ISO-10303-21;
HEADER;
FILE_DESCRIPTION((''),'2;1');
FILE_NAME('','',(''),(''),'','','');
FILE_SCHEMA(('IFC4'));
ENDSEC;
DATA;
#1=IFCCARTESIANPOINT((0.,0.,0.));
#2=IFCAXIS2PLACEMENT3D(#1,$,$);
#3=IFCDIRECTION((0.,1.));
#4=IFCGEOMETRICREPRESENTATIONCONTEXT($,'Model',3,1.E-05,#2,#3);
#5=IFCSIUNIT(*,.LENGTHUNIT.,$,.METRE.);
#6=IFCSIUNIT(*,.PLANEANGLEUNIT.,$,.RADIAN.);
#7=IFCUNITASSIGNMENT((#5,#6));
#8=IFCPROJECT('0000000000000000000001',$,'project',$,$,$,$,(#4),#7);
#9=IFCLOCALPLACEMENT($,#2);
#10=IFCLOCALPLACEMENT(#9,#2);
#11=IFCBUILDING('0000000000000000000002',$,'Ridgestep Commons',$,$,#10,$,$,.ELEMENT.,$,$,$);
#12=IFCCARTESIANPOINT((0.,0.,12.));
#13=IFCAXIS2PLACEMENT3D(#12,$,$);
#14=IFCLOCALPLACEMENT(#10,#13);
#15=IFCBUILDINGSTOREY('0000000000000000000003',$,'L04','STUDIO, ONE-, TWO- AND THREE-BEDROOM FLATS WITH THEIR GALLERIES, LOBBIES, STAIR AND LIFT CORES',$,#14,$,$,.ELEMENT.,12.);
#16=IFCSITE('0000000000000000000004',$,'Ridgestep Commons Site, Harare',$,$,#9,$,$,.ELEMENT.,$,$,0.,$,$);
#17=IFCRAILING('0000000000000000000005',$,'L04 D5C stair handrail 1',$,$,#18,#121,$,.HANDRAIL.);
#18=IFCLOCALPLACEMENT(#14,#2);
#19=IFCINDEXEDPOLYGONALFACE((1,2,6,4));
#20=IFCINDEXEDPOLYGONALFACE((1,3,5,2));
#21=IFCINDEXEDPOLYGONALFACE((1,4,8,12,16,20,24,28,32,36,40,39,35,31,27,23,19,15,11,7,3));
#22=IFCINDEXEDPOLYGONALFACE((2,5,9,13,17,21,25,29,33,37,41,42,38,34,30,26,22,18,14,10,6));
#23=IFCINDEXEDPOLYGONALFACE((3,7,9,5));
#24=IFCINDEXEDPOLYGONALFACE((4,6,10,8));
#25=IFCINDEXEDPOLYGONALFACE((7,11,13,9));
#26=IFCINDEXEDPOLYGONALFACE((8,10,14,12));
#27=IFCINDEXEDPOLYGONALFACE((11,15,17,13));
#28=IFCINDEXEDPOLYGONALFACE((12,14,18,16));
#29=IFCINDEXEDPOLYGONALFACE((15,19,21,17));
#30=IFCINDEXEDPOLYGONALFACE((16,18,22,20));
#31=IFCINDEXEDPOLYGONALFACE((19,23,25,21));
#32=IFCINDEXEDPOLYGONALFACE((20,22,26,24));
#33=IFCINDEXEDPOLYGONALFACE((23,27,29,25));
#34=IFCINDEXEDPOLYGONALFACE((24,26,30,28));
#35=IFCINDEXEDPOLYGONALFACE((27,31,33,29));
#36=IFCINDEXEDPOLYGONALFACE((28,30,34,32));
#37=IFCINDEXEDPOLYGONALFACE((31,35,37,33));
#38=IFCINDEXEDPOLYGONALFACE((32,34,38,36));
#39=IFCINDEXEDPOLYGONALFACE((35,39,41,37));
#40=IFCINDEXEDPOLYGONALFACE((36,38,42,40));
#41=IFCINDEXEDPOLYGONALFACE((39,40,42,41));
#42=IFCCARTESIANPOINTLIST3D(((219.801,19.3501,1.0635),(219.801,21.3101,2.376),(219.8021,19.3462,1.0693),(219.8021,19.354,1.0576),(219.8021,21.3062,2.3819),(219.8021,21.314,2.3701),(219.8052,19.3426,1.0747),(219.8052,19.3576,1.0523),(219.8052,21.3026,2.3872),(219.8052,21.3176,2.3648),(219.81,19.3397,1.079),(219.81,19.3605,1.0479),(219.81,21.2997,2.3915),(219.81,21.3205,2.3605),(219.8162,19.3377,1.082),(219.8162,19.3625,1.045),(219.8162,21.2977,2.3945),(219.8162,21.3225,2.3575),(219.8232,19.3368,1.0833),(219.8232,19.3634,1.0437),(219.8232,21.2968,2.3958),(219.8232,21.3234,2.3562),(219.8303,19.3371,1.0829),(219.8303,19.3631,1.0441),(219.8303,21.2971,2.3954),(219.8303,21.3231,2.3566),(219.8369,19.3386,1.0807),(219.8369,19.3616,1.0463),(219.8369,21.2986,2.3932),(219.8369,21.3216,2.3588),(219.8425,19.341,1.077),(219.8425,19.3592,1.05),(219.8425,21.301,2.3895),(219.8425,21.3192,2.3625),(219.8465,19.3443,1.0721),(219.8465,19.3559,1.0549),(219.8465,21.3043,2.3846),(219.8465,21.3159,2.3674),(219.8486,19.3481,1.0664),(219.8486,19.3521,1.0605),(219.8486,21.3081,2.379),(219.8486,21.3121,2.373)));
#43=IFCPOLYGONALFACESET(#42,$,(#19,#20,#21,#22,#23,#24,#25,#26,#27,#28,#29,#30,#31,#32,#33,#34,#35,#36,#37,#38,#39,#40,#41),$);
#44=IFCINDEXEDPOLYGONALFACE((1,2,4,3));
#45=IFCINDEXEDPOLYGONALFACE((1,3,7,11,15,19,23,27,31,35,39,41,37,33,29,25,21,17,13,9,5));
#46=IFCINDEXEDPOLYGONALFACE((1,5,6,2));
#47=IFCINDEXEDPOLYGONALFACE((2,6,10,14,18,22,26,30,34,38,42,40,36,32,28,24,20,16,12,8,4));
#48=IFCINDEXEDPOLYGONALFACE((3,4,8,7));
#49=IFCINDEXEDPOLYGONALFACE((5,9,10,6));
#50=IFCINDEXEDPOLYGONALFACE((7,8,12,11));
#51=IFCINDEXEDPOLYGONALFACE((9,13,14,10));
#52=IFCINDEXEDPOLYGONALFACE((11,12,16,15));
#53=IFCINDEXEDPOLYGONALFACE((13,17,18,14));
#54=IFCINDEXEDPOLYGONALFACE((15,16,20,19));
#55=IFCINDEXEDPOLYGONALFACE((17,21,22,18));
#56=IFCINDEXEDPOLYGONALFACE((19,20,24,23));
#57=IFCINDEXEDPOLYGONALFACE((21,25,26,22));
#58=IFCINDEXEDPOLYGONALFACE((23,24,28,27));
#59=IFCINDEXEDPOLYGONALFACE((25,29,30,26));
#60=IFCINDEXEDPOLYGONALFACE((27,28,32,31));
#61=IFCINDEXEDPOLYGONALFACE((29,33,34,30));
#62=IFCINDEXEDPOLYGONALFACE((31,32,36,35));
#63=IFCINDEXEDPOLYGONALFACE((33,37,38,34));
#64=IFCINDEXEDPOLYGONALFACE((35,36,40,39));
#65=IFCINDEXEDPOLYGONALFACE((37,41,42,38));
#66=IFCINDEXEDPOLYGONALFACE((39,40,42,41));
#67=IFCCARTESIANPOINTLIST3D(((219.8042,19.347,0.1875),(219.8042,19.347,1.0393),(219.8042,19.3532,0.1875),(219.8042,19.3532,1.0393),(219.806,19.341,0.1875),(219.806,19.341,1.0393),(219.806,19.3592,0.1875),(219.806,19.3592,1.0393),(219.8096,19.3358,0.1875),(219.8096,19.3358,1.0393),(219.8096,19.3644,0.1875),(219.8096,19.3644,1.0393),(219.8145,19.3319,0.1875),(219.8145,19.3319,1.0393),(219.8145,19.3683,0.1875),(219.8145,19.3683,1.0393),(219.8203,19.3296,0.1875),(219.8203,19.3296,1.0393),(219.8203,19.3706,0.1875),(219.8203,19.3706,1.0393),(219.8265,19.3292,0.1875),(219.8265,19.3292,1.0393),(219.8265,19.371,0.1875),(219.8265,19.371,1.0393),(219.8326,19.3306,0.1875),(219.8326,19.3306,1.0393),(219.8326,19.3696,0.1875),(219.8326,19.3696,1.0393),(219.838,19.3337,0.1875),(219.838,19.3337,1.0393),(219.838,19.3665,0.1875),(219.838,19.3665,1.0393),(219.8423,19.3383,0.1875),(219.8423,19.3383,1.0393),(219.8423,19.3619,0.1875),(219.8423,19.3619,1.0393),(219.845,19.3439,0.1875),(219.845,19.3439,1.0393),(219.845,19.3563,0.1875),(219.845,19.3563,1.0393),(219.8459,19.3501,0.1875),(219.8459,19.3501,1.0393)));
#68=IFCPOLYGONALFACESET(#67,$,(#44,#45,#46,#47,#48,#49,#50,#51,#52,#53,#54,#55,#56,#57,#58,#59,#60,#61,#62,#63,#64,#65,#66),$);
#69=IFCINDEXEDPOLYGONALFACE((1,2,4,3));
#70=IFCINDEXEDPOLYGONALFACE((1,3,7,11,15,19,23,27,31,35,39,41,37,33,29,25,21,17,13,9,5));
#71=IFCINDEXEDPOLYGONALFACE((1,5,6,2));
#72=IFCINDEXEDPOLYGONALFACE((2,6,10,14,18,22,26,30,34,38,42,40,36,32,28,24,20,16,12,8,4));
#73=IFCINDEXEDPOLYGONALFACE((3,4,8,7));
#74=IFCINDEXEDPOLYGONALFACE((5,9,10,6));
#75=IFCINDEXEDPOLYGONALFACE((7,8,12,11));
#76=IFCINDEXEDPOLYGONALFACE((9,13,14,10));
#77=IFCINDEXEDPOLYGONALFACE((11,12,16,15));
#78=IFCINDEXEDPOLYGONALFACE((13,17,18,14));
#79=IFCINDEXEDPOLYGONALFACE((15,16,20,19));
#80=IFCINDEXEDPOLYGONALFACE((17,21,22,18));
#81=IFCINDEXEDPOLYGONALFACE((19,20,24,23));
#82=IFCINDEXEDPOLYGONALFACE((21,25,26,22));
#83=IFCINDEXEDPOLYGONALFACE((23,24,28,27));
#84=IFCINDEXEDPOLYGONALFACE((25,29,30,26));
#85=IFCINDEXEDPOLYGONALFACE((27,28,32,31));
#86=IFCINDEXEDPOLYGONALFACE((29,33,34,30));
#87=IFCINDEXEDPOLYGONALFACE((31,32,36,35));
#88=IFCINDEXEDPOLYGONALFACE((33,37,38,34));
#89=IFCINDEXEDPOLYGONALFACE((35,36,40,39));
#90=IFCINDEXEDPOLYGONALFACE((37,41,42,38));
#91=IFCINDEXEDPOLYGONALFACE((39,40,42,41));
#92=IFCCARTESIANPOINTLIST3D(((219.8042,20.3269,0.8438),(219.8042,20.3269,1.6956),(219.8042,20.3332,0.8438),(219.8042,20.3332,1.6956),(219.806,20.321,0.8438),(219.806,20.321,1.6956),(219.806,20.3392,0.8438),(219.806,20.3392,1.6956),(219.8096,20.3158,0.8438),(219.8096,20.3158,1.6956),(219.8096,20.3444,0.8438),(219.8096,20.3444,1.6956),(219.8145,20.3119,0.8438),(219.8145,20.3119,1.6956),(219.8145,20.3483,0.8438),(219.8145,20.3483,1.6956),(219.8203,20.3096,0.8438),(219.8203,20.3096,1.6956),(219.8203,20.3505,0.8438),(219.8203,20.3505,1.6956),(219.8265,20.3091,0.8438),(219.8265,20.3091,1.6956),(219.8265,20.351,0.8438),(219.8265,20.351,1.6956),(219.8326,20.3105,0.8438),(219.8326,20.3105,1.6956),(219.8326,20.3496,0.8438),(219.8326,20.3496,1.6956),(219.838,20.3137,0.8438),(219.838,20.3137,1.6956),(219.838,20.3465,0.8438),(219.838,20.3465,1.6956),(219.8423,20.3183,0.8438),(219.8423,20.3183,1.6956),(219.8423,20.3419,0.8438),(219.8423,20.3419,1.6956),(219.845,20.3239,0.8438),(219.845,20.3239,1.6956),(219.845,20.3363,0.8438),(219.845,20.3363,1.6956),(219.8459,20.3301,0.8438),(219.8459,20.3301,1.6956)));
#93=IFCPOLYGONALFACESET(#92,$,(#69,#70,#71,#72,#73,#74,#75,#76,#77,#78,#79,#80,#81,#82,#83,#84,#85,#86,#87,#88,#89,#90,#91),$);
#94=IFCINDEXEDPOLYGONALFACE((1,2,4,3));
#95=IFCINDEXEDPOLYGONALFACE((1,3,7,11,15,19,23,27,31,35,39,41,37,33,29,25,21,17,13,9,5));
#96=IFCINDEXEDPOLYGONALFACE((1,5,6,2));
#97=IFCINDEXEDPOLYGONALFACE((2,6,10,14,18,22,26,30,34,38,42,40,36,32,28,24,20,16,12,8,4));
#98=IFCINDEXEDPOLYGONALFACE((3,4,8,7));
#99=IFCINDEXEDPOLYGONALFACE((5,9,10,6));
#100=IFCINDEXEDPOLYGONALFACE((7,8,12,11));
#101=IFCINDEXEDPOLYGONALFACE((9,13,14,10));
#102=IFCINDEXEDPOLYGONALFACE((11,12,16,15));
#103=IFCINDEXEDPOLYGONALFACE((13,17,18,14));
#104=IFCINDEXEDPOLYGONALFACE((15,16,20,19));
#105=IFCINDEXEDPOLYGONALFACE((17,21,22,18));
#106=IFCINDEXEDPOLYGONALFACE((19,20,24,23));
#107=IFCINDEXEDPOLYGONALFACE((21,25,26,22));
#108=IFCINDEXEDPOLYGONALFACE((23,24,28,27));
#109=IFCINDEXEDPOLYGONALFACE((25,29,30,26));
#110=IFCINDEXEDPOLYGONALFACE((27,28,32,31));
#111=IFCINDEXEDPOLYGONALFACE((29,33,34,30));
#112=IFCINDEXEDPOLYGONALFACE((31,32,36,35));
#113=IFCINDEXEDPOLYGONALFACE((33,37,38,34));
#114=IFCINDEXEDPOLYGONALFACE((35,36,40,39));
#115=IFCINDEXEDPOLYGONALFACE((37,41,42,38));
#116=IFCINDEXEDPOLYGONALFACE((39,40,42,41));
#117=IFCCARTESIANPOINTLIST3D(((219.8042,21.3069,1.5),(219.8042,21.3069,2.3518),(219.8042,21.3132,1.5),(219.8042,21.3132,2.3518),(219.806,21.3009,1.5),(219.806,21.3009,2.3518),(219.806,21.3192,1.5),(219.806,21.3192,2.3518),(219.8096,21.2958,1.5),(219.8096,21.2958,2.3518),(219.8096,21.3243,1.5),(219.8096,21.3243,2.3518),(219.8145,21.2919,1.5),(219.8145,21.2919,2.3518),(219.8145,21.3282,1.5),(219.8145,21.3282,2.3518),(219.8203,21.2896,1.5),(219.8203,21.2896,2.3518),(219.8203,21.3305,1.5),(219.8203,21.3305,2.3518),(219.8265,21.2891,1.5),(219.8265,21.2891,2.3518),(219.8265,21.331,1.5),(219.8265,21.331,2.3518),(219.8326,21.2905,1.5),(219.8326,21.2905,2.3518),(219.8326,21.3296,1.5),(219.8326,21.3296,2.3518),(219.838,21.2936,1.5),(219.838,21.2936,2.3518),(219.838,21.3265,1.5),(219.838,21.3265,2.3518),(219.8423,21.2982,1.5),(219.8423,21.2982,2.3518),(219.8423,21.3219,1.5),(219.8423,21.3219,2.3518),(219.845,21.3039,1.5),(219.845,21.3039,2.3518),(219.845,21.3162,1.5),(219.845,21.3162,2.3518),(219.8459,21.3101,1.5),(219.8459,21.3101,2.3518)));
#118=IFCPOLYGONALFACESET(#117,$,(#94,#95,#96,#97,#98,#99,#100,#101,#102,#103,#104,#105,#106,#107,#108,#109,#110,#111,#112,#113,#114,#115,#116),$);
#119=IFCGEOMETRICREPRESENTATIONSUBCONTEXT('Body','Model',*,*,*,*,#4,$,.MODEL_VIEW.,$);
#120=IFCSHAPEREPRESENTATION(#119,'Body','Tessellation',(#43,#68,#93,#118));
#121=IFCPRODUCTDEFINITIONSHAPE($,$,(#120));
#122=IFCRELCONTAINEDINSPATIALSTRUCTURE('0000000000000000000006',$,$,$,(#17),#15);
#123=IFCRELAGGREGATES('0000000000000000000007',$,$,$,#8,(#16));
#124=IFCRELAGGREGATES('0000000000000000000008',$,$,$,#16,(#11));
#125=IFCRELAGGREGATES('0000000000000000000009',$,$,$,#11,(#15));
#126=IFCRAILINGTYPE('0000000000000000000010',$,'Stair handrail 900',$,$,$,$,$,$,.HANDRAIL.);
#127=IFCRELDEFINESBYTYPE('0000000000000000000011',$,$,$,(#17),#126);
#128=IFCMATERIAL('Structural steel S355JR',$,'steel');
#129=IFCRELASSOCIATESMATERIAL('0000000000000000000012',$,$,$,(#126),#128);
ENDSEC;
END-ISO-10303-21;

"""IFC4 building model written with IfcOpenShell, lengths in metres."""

from ifc_helpers import new_model, si_unit, direction, frame, origin, origin_2d, place, context, subcontext, project, spatial, circle, extrude, material, type_object, element, save


model = new_model("IFC4")

# Units and contexts
model_context = context("Model", 3, precision=1e-05, world=origin(), true_north=direction((0.0, 1.0)))
body_context = subcontext(model_context, "Body", "Model", "MODEL_VIEW")
ifc_project = project(units=[si_unit("LENGTHUNIT", "METRE"), si_unit("PLANEANGLEUNIT", "RADIAN")], contexts=[model_context])

# Site, building, storey
site_placement = place(None, origin())
site = spatial("IfcSite", under=ifc_project, at=site_placement, Name="Ridgestep Commons Site, Harare", CompositionType="ELEMENT", RefElevation=0.0)
building_placement = place(site_placement, origin())
building = spatial("IfcBuilding", under=site, at=building_placement, Name="Ridgestep Commons", CompositionType="ELEMENT")
storey_placement = place(building_placement, frame((0.0, 0.0, 12.0)))
storey = spatial("IfcBuildingStorey", under=building, at=storey_placement, Name="L04", Description="STUDIO, ONE-, TWO- AND THREE-BEDROOM FLATS WITH THEIR GALLERIES, LOBBIES, STAIR AND LIFT CORES", CompositionType="ELEMENT", Elevation=12.0)

# Railing
ifc_material_1 = material(Name="Structural steel S355JR", Category="steel")
railing_type_1 = type_object("IfcRailingType", Name="Stair handrail 900", PredefinedType="HANDRAIL", material=ifc_material_1)
railing_1_placement = place(storey_placement, frame((219.825, 19.3501, 0.1875)))
element("IfcRailing", 1, at=railing_1_placement, inside=storey, type_object=railing_type_1, Name="L04 D5C stair handrail 1", PredefinedType="HANDRAIL", context=body_context, shape_type="SweptSolid", body=[
    extrude(circle(Radius=0.0239, at=origin_2d()), frame((0.0, 0.0, 0.876), z_axis=(0.0, 0.830902, 0.556419), x_axis=(-1.0, 0.0, 0.0)), (0.0, 0.0, 1.0), 2.3589),
    extrude(circle(Radius=0.021, at=origin_2d()), origin(), (0.0, 0.0, 1.0), 0.8518),
    extrude(circle(Radius=0.021, at=origin_2d()), frame((0.0, 0.98, 0.6562)), (0.0, 0.0, 1.0), 0.8518),
    extrude(circle(Radius=0.021, at=origin_2d()), frame((0.0, 1.96, 1.3125)), (0.0, 0.0, 1.0), 0.8518),
])

save(model, "model.ifc")
